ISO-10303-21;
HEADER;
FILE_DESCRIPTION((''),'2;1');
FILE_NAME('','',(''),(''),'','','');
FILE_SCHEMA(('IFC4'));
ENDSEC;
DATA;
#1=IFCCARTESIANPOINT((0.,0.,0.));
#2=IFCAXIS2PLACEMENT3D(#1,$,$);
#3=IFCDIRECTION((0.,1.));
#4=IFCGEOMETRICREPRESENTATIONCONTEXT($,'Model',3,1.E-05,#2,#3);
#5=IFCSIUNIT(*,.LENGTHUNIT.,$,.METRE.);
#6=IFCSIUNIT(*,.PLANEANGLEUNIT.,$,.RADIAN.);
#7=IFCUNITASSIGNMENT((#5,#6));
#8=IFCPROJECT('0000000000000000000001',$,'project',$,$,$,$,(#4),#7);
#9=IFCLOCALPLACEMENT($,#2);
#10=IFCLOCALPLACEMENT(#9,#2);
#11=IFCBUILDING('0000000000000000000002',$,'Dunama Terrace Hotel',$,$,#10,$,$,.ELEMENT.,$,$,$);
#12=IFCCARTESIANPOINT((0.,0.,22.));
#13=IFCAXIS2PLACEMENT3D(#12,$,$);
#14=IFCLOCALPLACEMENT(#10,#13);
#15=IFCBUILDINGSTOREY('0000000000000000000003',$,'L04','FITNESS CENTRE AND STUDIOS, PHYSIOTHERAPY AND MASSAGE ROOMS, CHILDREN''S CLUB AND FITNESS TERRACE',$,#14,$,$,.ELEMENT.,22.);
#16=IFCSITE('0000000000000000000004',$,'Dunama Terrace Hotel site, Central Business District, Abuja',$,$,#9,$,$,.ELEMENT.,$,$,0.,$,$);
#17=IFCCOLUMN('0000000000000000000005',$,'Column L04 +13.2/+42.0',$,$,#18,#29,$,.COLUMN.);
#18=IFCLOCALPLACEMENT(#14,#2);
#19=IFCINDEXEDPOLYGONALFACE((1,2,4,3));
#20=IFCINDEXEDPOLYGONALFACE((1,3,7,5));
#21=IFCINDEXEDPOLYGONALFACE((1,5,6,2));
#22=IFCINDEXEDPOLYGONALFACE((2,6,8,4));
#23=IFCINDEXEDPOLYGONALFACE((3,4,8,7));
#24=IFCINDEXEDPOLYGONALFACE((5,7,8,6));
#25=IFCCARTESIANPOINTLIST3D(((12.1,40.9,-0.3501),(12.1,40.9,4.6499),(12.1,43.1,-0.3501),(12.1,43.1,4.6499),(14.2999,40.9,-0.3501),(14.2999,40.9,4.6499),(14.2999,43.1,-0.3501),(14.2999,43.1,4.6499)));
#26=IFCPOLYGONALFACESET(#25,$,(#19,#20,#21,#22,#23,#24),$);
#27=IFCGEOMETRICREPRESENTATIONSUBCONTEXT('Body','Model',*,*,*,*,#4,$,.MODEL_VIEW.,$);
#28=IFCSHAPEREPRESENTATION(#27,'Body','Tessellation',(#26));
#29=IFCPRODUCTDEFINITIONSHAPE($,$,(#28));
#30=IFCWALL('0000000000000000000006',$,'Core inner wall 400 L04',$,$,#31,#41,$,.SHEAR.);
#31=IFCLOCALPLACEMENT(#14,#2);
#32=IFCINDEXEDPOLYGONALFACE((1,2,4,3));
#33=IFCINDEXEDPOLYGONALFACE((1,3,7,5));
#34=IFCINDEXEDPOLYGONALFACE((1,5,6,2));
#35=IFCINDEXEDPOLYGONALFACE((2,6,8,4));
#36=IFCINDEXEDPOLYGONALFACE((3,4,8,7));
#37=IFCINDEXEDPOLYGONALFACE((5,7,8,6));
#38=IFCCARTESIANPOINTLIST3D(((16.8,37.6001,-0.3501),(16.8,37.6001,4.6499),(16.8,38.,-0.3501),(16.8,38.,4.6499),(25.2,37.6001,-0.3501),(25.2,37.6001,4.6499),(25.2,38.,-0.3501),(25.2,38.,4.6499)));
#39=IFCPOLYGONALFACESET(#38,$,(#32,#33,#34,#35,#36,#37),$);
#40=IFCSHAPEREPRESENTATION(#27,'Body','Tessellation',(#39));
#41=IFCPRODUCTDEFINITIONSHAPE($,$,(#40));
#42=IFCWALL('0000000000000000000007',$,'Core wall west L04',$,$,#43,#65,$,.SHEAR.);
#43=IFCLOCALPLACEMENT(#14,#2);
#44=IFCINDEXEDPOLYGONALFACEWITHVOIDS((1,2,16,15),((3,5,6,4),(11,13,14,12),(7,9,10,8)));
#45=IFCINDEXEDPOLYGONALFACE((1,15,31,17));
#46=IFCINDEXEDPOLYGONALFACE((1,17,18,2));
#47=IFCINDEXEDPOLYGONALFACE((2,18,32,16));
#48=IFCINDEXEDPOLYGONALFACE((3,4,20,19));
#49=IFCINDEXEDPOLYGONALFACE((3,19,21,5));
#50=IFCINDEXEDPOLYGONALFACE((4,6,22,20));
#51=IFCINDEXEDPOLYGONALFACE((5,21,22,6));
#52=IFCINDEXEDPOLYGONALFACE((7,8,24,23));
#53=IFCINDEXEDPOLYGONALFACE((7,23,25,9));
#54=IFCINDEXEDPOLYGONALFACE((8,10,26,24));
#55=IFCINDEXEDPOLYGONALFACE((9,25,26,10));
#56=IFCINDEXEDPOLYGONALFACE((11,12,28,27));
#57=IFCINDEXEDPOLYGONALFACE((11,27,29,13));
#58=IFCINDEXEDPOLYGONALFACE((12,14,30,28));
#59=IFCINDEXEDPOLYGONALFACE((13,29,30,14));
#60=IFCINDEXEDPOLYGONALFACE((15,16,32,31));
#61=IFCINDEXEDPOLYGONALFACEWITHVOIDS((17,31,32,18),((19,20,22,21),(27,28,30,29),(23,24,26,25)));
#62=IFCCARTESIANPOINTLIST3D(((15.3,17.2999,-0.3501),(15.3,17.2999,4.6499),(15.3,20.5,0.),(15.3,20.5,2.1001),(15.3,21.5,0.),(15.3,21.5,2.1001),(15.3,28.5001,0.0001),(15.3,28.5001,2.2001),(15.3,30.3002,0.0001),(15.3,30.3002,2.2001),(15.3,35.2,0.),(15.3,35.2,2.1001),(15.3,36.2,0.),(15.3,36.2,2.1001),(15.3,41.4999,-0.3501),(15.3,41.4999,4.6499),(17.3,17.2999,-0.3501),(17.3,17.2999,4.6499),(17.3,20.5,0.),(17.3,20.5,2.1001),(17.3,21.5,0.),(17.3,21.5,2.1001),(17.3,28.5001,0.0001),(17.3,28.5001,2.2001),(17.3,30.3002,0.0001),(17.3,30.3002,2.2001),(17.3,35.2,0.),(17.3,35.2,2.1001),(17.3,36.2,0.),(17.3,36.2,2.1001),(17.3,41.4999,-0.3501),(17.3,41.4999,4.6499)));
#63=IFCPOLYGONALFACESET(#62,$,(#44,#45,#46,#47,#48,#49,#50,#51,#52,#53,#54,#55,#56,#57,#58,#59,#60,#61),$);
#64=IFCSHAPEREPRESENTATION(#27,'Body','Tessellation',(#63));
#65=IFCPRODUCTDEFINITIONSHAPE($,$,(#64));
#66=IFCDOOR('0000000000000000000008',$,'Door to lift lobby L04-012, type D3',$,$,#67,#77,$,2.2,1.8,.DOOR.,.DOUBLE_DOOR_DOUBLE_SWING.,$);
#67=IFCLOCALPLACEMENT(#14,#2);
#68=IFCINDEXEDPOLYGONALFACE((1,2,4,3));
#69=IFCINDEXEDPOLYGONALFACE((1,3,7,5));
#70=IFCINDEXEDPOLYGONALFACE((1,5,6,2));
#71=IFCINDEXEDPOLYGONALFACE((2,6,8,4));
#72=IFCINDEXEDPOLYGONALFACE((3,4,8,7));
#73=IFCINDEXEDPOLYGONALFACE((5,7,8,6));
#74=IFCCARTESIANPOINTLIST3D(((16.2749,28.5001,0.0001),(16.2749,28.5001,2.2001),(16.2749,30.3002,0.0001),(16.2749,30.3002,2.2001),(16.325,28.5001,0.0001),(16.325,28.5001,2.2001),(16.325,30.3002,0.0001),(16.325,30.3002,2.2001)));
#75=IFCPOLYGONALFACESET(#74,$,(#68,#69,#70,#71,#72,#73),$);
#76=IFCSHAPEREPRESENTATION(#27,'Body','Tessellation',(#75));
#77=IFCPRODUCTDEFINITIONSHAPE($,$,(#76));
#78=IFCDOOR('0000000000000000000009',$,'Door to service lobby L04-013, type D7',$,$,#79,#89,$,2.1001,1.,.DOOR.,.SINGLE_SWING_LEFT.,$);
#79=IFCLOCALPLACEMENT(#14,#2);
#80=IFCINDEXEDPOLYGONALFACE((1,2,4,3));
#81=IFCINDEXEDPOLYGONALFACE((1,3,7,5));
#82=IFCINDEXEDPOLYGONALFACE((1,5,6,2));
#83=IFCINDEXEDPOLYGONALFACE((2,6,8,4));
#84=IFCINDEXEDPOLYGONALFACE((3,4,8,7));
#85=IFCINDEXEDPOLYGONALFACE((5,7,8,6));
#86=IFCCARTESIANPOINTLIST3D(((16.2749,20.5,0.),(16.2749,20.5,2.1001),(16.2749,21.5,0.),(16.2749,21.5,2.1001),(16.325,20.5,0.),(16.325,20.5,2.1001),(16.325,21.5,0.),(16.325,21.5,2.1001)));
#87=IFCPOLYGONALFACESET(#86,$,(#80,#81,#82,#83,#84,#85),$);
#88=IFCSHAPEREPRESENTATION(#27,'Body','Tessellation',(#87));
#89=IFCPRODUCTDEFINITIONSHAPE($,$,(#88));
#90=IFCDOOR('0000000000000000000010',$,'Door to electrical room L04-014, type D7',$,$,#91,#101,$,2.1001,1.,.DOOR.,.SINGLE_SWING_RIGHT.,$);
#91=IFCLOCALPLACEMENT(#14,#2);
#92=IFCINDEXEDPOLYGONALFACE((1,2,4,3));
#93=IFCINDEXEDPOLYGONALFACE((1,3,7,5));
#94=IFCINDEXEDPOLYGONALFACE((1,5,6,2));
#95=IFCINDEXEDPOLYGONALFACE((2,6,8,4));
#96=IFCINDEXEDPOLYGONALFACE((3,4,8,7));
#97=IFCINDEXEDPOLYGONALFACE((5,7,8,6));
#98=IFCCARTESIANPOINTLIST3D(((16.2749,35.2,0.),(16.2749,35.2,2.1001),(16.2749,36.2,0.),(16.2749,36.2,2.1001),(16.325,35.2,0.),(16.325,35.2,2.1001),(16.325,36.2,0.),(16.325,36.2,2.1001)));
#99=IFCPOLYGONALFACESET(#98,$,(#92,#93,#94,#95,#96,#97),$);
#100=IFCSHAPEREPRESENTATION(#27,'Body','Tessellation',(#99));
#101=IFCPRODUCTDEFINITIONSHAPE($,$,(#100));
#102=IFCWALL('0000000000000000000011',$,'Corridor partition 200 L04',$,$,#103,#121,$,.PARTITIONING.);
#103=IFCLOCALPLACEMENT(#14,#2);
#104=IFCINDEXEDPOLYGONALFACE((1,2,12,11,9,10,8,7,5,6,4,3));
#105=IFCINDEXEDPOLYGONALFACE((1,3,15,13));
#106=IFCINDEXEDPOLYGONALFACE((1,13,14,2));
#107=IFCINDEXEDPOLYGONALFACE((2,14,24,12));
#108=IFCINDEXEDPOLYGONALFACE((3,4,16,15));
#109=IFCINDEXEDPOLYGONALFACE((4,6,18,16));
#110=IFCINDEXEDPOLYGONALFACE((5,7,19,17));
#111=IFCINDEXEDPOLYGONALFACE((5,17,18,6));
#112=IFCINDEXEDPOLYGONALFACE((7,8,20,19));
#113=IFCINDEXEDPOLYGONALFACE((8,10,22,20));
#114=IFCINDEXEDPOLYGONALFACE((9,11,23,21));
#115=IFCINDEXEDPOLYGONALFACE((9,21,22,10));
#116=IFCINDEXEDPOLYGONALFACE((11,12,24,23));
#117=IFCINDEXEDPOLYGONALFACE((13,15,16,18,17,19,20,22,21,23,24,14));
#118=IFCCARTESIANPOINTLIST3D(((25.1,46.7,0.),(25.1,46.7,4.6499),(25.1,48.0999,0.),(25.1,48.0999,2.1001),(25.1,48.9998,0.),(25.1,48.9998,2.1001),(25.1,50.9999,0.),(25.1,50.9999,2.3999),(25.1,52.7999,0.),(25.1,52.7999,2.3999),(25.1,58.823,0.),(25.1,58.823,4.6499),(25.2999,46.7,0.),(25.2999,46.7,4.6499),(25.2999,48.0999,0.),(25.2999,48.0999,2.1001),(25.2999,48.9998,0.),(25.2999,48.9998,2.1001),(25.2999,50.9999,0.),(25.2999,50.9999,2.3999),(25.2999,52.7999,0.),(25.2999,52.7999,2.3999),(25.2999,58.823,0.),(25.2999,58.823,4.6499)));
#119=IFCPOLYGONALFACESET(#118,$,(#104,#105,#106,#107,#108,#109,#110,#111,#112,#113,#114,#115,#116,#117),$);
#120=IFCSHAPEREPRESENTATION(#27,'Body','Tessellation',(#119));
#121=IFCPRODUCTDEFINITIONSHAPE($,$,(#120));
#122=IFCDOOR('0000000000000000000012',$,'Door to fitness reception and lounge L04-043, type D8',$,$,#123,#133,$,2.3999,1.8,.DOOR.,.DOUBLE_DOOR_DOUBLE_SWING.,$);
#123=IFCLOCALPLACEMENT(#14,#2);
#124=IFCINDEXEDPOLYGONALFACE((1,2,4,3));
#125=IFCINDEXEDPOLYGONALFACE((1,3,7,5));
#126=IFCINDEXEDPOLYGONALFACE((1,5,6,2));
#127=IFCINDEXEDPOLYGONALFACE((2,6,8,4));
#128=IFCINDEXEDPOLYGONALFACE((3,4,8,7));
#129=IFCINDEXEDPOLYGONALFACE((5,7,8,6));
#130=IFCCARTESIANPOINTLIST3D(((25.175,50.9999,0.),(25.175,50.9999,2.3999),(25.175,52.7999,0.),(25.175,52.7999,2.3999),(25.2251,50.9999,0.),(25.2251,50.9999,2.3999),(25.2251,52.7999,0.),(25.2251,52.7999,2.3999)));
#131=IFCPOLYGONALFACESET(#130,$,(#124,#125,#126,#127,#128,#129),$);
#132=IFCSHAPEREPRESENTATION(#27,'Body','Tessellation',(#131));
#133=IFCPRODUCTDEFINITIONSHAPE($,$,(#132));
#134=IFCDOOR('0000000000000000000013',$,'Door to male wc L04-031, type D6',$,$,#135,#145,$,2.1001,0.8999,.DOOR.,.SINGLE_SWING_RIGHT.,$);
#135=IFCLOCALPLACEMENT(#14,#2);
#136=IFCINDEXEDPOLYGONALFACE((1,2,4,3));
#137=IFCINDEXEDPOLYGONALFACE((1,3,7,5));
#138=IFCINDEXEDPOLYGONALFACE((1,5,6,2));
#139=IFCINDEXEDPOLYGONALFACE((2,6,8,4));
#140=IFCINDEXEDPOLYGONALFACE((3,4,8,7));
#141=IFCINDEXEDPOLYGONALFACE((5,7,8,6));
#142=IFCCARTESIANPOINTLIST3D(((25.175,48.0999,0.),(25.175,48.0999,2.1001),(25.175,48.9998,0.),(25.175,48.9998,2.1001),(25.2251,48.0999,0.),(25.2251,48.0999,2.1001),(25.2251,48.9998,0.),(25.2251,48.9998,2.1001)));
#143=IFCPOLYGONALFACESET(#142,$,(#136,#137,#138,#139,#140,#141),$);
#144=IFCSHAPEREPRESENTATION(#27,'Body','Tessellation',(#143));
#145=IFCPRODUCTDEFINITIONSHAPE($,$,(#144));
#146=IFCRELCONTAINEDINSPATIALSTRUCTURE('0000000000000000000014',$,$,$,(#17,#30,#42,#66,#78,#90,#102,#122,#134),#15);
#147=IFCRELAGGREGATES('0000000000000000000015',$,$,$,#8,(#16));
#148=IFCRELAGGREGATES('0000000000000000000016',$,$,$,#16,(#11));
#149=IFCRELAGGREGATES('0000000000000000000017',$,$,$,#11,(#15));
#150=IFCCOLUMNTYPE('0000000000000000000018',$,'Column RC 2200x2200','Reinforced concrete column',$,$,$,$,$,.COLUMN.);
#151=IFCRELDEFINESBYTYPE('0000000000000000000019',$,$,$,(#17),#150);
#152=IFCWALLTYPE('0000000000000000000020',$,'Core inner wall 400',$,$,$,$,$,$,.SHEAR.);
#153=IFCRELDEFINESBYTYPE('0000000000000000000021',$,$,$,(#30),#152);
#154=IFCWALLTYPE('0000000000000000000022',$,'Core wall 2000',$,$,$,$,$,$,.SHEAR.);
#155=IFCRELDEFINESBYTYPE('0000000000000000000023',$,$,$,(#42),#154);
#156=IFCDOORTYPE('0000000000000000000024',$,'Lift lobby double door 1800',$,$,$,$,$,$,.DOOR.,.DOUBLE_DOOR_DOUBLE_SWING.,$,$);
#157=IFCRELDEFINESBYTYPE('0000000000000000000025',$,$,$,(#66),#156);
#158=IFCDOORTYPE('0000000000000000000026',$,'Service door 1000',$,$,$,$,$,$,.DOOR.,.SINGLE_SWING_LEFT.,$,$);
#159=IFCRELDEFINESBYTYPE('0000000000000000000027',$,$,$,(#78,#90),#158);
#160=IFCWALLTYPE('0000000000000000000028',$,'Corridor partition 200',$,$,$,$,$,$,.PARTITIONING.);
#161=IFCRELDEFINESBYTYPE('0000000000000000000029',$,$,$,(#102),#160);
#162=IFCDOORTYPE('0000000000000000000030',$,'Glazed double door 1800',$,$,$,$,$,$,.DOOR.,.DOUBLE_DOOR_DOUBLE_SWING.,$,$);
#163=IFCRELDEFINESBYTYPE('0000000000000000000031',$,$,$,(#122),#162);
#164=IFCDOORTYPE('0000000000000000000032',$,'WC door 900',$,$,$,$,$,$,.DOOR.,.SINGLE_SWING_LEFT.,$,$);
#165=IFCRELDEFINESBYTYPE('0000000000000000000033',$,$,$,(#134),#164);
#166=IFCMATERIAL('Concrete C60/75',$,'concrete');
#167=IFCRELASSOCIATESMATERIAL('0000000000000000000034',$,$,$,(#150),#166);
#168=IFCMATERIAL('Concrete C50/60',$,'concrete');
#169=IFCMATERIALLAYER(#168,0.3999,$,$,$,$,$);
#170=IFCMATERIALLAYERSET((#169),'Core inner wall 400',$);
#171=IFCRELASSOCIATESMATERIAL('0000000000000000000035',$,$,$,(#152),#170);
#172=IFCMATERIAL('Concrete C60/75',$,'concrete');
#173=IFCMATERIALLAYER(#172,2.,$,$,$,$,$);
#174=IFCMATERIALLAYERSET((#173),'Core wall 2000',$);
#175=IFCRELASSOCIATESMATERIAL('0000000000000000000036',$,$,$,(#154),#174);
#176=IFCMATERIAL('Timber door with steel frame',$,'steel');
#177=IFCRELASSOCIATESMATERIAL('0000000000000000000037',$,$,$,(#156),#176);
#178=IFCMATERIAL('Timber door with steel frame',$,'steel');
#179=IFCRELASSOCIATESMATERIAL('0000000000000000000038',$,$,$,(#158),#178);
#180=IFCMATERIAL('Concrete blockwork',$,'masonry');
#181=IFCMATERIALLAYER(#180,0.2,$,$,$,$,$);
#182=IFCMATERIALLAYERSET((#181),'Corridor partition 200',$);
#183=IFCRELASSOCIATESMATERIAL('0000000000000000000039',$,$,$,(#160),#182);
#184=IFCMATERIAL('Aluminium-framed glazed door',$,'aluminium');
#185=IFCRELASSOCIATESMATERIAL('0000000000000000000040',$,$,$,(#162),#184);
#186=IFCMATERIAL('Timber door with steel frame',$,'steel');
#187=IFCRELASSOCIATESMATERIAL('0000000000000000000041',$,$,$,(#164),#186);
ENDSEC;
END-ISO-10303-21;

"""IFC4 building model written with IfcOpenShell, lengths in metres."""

from ifc_helpers import new_model, si_unit, direction, frame, frame_2d, origin, origin_2d, place, context, subcontext, project, spatial, rectangle, extrude, material, layer, layer_set, material_profile, profile_set, type_object, element, fill, save


model = new_model("IFC4")

# Units and contexts
model_context = context("Model", 3, precision=1e-05, world=origin(), true_north=direction((0.0, 1.0)))
body_context = subcontext(model_context, "Body", "Model", "MODEL_VIEW")
ifc_project = project(units=[si_unit("LENGTHUNIT", "METRE"), si_unit("PLANEANGLEUNIT", "RADIAN")], contexts=[model_context])

# Site, building, storey
site_placement = place(None, origin())
site = spatial("IfcSite", under=ifc_project, at=site_placement, Name="Dunama Terrace Hotel site, Central Business District, Abuja", CompositionType="ELEMENT", RefElevation=0.0)
building_placement = place(site_placement, origin())
building = spatial("IfcBuilding", under=site, at=building_placement, Name="Dunama Terrace Hotel", CompositionType="ELEMENT")
storey_placement = place(building_placement, frame((0.0, 0.0, 22.0)))
storey = spatial("IfcBuildingStorey", under=building, at=storey_placement, Name="L04", Description="FITNESS CENTRE AND STUDIOS, PHYSIOTHERAPY AND MASSAGE ROOMS, CHILDREN'S CLUB AND FITNESS TERRACE", CompositionType="ELEMENT", Elevation=22.0)

# Column
ifc_material_1 = material(Name="Concrete C60/75", Category="concrete")
ifc_material_profile = material_profile(ifc_material_1, rectangle(XDim=2.2, YDim=2.2, at=origin_2d()), Name="RC 2200x2200")
ifc_profile_set = profile_set([ifc_material_profile], Name="Concrete C60/75")
column_type = type_object("IfcColumnType", Name="Column RC 2200x2200", Description="Reinforced concrete column", PredefinedType="COLUMN", material=ifc_profile_set)
column_placement = place(storey_placement, frame((13.2, 42.0, -0.3501), z_axis=(0.0, 0.0, 1.0), x_axis=(1.0, 0.0, 0.0)))
element("IfcColumn", 1, at=column_placement, inside=storey, type_object=column_type, Name="Column L04 +13.2/+42.0", PredefinedType="COLUMN", context=body_context, shape_type="SweptSolid", body=[
    extrude(rectangle(XDim=2.2, YDim=2.2, at=origin_2d()), origin(), (0.0, 0.0, 1.0), 5.0),
])

# Wall
ifc_material_2 = material(Name="Concrete C50/60", Category="concrete")
ifc_layer_1 = layer(ifc_material_2, 0.3999)
ifc_layer_set_1 = layer_set([ifc_layer_1], Name="Core inner wall 400")
wall_type_1 = type_object("IfcWallType", Name="Core inner wall 400", PredefinedType="SHEAR", material=ifc_layer_set_1)
wall_1_placement = place(storey_placement, frame((16.8, 37.8, -0.3501), z_axis=(0.0, 0.0, 1.0), x_axis=(1.0, 0.0, 0.0)))
element("IfcWall", 2, at=wall_1_placement, inside=storey, type_object=wall_type_1, Name="Core inner wall 400 L04", PredefinedType="SHEAR", context=body_context, shape_type="SweptSolid", body=[
    extrude(rectangle(XDim=8.3999, YDim=0.3999, at=frame_2d((4.2, 0.0))), origin(), (0.0, 0.0, 1.0), 5.0),
])

# Walls, openings, doors
ifc_material_3 = material(Name="Concrete C60/75", Category="concrete")
ifc_layer_2 = layer(ifc_material_3, 2.0)
ifc_layer_set_2 = layer_set([ifc_layer_2], Name="Core wall 2000")
wall_type_2 = type_object("IfcWallType", Name="Core wall 2000", PredefinedType="SHEAR", material=ifc_layer_set_2)
wall_2_placement = place(storey_placement, frame((16.3, 41.5, -0.3501), z_axis=(0.0, 0.0, 1.0), x_axis=(0.0, -1.0, 0.0)))
wall_2 = element("IfcWall", 3, at=wall_2_placement, inside=storey, type_object=wall_type_2, Name="Core wall west L04", PredefinedType="SHEAR", context=body_context, shape_type="SweptSolid", body=[
    extrude(rectangle(XDim=24.2, YDim=2.0, at=frame_2d((12.1001, 0.0))), origin(), (0.0, 0.0, 1.0), 5.0),
])
opening_1_placement = place(wall_2_placement, frame((11.2, 0.0, 0.3501)))
opening_1 = element("IfcOpeningElement", 4, at=opening_1_placement, cuts=wall_2, PredefinedType="OPENING", context=body_context, shape_type="SweptSolid", body=[
    extrude(rectangle(XDim=1.8, YDim=2.2, at=frame_2d((0.8999, 1.1001))), frame((0.0, 1.01, 0.0), z_axis=(0.0, -1.0, 0.0), x_axis=(1.0, 0.0, 0.0)), (0.0, 0.0, 1.0), 2.02),
])
opening_2_placement = place(wall_2_placement, frame((20.0, 0.0, 0.3501)))
opening_2 = element("IfcOpeningElement", 5, at=opening_2_placement, cuts=wall_2, PredefinedType="OPENING", context=body_context, shape_type="SweptSolid", body=[
    extrude(rectangle(XDim=1.0, YDim=2.1001, at=frame_2d((0.5, 1.05))), frame((0.0, 1.01, 0.0), z_axis=(0.0, -1.0, 0.0), x_axis=(1.0, 0.0, 0.0)), (0.0, 0.0, 1.0), 2.02),
])
opening_3_placement = place(wall_2_placement, frame((5.3, 0.0, 0.3501)))
opening_3 = element("IfcOpeningElement", 6, at=opening_3_placement, cuts=wall_2, PredefinedType="OPENING", context=body_context, shape_type="SweptSolid", body=[
    extrude(rectangle(XDim=1.0, YDim=2.1001, at=frame_2d((0.5, 1.05))), frame((0.0, 1.01, 0.0), z_axis=(0.0, -1.0, 0.0), x_axis=(1.0, 0.0, 0.0)), (0.0, 0.0, 1.0), 2.02),
])
ifc_material_4 = material(Name="Timber door with steel frame", Category="steel")
door_type_1 = type_object("IfcDoorType", Name="Lift lobby double door 1800", OperationType="DOUBLE_DOOR_DOUBLE_SWING", PredefinedType="DOOR", material=ifc_material_4)
door_1_placement = place(opening_1_placement, origin())
door_1 = element("IfcDoor", 7, at=door_1_placement, inside=storey, type_object=door_type_1, Name="Door to lift lobby L04-012, type D3", OperationType="DOUBLE_DOOR_DOUBLE_SWING", OverallHeight=2.2, OverallWidth=1.8, PredefinedType="DOOR", context=body_context, shape_type="SweptSolid", body=[
    extrude(rectangle(XDim=1.8, YDim=2.2, at=frame_2d((0.8999, 1.1001))), frame((0.0, 0.0249, 0.0), z_axis=(0.0, -1.0, 0.0), x_axis=(1.0, 0.0, 0.0)), (0.0, 0.0, 1.0), 0.05),
])
fill(opening_1, door_1)
ifc_material_5 = material(Name="Timber door with steel frame", Category="steel")
door_type_2 = type_object("IfcDoorType", Name="Service door 1000", OperationType="SINGLE_SWING_LEFT", PredefinedType="DOOR", material=ifc_material_5)
door_2_placement = place(opening_2_placement, origin())
door_2 = element("IfcDoor", 8, at=door_2_placement, inside=storey, type_object=door_type_2, Name="Door to service lobby L04-013, type D7", OperationType="SINGLE_SWING_LEFT", OverallHeight=2.1001, OverallWidth=1.0, PredefinedType="DOOR", context=body_context, shape_type="SweptSolid", body=[
    extrude(rectangle(XDim=1.0, YDim=2.1001, at=frame_2d((0.5, 1.05))), frame((0.0, 0.0249, 0.0), z_axis=(0.0, -1.0, 0.0), x_axis=(1.0, 0.0, 0.0)), (0.0, 0.0, 1.0), 0.05),
])
fill(opening_2, door_2)
door_3_placement = place(opening_3_placement, origin())
door_3 = element("IfcDoor", 9, at=door_3_placement, inside=storey, type_object=door_type_2, Name="Door to electrical room L04-014, type D7", OperationType="SINGLE_SWING_RIGHT", OverallHeight=2.1001, OverallWidth=1.0, PredefinedType="DOOR", context=body_context, shape_type="SweptSolid", body=[
    extrude(rectangle(XDim=1.0, YDim=2.1001, at=frame_2d((0.5, 1.05))), frame((0.0, 0.0249, 0.0), z_axis=(0.0, -1.0, 0.0), x_axis=(1.0, 0.0, 0.0)), (0.0, 0.0, 1.0), 0.05),
])
fill(opening_3, door_3)
ifc_material_6 = material(Name="Concrete blockwork", Category="masonry")
ifc_layer_3 = layer(ifc_material_6, 0.2)
ifc_layer_set_3 = layer_set([ifc_layer_3], Name="Corridor partition 200")
wall_type_3 = type_object("IfcWallType", Name="Corridor partition 200", PredefinedType="PARTITIONING", material=ifc_layer_set_3)
wall_3_placement = place(storey_placement, frame((25.2, 46.7, 0.0), z_axis=(0.0, 0.0, 1.0), x_axis=(0.0, 1.0, 0.0)))
wall_3 = element("IfcWall", 10, at=wall_3_placement, inside=storey, type_object=wall_type_3, Name="Corridor partition 200 L04", PredefinedType="PARTITIONING", context=body_context, shape_type="SweptSolid", body=[
    extrude(rectangle(XDim=12.123, YDim=0.2, at=frame_2d((6.0615, 0.0))), origin(), (0.0, 0.0, 1.0), 4.6499),
])
opening_4_placement = place(wall_3_placement, frame((1.3999, 0.0, 0.0)))
opening_4 = element("IfcOpeningElement", 11, at=opening_4_placement, cuts=wall_3, PredefinedType="OPENING", context=body_context, shape_type="SweptSolid", body=[
    extrude(rectangle(XDim=0.8999, YDim=2.1001, at=frame_2d((0.45, 1.05))), frame((0.0, 0.1099, 0.0), z_axis=(0.0, -1.0, 0.0), x_axis=(1.0, 0.0, 0.0)), (0.0, 0.0, 1.0), 0.22),
])
opening_5_placement = place(wall_3_placement, frame((4.3, 0.0, 0.0)))
opening_5 = element("IfcOpeningElement", 12, at=opening_5_placement, cuts=wall_3, PredefinedType="OPENING", context=body_context, shape_type="SweptSolid", body=[
    extrude(rectangle(XDim=1.8, YDim=2.3999, at=frame_2d((0.8999, 1.2))), frame((0.0, 0.1099, 0.0), z_axis=(0.0, -1.0, 0.0), x_axis=(1.0, 0.0, 0.0)), (0.0, 0.0, 1.0), 0.22),
])
ifc_material_7 = material(Name="Aluminium-framed glazed door", Category="aluminium")
door_type_3 = type_object("IfcDoorType", Name="Glazed double door 1800", OperationType="DOUBLE_DOOR_DOUBLE_SWING", PredefinedType="DOOR", material=ifc_material_7)
door_4_placement = place(opening_5_placement, origin())
door_4 = element("IfcDoor", 13, at=door_4_placement, inside=storey, type_object=door_type_3, Name="Door to fitness reception and lounge L04-043, type D8", OperationType="DOUBLE_DOOR_DOUBLE_SWING", OverallHeight=2.3999, OverallWidth=1.8, PredefinedType="DOOR", context=body_context, shape_type="SweptSolid", body=[
    extrude(rectangle(XDim=1.8, YDim=2.3999, at=frame_2d((0.8999, 1.2))), frame((0.0, 0.0249, 0.0), z_axis=(0.0, -1.0, 0.0), x_axis=(1.0, 0.0, 0.0)), (0.0, 0.0, 1.0), 0.05),
])
fill(opening_5, door_4)
ifc_material_8 = material(Name="Timber door with steel frame", Category="steel")
door_type_4 = type_object("IfcDoorType", Name="WC door 900", OperationType="SINGLE_SWING_LEFT", PredefinedType="DOOR", material=ifc_material_8)
door_5_placement = place(opening_4_placement, frame((0.8999, 0.0, 0.0), z_axis=(0.0, 0.0, 1.0), x_axis=(-1.0, 0.0, 0.0)))
door_5 = element("IfcDoor", 14, at=door_5_placement, inside=storey, type_object=door_type_4, Name="Door to male wc L04-031, type D6", OperationType="SINGLE_SWING_RIGHT", OverallHeight=2.1001, OverallWidth=0.8999, PredefinedType="DOOR", context=body_context, shape_type="SweptSolid", body=[
    extrude(rectangle(XDim=0.8999, YDim=2.1001, at=frame_2d((0.45, 1.05))), frame((0.0, 0.0251, 0.0), z_axis=(0.0, -1.0, 0.0), x_axis=(1.0, 0.0, 0.0)), (0.0, 0.0, 1.0), 0.05),
])
fill(opening_4, door_5)

save(model, "model.ifc")
